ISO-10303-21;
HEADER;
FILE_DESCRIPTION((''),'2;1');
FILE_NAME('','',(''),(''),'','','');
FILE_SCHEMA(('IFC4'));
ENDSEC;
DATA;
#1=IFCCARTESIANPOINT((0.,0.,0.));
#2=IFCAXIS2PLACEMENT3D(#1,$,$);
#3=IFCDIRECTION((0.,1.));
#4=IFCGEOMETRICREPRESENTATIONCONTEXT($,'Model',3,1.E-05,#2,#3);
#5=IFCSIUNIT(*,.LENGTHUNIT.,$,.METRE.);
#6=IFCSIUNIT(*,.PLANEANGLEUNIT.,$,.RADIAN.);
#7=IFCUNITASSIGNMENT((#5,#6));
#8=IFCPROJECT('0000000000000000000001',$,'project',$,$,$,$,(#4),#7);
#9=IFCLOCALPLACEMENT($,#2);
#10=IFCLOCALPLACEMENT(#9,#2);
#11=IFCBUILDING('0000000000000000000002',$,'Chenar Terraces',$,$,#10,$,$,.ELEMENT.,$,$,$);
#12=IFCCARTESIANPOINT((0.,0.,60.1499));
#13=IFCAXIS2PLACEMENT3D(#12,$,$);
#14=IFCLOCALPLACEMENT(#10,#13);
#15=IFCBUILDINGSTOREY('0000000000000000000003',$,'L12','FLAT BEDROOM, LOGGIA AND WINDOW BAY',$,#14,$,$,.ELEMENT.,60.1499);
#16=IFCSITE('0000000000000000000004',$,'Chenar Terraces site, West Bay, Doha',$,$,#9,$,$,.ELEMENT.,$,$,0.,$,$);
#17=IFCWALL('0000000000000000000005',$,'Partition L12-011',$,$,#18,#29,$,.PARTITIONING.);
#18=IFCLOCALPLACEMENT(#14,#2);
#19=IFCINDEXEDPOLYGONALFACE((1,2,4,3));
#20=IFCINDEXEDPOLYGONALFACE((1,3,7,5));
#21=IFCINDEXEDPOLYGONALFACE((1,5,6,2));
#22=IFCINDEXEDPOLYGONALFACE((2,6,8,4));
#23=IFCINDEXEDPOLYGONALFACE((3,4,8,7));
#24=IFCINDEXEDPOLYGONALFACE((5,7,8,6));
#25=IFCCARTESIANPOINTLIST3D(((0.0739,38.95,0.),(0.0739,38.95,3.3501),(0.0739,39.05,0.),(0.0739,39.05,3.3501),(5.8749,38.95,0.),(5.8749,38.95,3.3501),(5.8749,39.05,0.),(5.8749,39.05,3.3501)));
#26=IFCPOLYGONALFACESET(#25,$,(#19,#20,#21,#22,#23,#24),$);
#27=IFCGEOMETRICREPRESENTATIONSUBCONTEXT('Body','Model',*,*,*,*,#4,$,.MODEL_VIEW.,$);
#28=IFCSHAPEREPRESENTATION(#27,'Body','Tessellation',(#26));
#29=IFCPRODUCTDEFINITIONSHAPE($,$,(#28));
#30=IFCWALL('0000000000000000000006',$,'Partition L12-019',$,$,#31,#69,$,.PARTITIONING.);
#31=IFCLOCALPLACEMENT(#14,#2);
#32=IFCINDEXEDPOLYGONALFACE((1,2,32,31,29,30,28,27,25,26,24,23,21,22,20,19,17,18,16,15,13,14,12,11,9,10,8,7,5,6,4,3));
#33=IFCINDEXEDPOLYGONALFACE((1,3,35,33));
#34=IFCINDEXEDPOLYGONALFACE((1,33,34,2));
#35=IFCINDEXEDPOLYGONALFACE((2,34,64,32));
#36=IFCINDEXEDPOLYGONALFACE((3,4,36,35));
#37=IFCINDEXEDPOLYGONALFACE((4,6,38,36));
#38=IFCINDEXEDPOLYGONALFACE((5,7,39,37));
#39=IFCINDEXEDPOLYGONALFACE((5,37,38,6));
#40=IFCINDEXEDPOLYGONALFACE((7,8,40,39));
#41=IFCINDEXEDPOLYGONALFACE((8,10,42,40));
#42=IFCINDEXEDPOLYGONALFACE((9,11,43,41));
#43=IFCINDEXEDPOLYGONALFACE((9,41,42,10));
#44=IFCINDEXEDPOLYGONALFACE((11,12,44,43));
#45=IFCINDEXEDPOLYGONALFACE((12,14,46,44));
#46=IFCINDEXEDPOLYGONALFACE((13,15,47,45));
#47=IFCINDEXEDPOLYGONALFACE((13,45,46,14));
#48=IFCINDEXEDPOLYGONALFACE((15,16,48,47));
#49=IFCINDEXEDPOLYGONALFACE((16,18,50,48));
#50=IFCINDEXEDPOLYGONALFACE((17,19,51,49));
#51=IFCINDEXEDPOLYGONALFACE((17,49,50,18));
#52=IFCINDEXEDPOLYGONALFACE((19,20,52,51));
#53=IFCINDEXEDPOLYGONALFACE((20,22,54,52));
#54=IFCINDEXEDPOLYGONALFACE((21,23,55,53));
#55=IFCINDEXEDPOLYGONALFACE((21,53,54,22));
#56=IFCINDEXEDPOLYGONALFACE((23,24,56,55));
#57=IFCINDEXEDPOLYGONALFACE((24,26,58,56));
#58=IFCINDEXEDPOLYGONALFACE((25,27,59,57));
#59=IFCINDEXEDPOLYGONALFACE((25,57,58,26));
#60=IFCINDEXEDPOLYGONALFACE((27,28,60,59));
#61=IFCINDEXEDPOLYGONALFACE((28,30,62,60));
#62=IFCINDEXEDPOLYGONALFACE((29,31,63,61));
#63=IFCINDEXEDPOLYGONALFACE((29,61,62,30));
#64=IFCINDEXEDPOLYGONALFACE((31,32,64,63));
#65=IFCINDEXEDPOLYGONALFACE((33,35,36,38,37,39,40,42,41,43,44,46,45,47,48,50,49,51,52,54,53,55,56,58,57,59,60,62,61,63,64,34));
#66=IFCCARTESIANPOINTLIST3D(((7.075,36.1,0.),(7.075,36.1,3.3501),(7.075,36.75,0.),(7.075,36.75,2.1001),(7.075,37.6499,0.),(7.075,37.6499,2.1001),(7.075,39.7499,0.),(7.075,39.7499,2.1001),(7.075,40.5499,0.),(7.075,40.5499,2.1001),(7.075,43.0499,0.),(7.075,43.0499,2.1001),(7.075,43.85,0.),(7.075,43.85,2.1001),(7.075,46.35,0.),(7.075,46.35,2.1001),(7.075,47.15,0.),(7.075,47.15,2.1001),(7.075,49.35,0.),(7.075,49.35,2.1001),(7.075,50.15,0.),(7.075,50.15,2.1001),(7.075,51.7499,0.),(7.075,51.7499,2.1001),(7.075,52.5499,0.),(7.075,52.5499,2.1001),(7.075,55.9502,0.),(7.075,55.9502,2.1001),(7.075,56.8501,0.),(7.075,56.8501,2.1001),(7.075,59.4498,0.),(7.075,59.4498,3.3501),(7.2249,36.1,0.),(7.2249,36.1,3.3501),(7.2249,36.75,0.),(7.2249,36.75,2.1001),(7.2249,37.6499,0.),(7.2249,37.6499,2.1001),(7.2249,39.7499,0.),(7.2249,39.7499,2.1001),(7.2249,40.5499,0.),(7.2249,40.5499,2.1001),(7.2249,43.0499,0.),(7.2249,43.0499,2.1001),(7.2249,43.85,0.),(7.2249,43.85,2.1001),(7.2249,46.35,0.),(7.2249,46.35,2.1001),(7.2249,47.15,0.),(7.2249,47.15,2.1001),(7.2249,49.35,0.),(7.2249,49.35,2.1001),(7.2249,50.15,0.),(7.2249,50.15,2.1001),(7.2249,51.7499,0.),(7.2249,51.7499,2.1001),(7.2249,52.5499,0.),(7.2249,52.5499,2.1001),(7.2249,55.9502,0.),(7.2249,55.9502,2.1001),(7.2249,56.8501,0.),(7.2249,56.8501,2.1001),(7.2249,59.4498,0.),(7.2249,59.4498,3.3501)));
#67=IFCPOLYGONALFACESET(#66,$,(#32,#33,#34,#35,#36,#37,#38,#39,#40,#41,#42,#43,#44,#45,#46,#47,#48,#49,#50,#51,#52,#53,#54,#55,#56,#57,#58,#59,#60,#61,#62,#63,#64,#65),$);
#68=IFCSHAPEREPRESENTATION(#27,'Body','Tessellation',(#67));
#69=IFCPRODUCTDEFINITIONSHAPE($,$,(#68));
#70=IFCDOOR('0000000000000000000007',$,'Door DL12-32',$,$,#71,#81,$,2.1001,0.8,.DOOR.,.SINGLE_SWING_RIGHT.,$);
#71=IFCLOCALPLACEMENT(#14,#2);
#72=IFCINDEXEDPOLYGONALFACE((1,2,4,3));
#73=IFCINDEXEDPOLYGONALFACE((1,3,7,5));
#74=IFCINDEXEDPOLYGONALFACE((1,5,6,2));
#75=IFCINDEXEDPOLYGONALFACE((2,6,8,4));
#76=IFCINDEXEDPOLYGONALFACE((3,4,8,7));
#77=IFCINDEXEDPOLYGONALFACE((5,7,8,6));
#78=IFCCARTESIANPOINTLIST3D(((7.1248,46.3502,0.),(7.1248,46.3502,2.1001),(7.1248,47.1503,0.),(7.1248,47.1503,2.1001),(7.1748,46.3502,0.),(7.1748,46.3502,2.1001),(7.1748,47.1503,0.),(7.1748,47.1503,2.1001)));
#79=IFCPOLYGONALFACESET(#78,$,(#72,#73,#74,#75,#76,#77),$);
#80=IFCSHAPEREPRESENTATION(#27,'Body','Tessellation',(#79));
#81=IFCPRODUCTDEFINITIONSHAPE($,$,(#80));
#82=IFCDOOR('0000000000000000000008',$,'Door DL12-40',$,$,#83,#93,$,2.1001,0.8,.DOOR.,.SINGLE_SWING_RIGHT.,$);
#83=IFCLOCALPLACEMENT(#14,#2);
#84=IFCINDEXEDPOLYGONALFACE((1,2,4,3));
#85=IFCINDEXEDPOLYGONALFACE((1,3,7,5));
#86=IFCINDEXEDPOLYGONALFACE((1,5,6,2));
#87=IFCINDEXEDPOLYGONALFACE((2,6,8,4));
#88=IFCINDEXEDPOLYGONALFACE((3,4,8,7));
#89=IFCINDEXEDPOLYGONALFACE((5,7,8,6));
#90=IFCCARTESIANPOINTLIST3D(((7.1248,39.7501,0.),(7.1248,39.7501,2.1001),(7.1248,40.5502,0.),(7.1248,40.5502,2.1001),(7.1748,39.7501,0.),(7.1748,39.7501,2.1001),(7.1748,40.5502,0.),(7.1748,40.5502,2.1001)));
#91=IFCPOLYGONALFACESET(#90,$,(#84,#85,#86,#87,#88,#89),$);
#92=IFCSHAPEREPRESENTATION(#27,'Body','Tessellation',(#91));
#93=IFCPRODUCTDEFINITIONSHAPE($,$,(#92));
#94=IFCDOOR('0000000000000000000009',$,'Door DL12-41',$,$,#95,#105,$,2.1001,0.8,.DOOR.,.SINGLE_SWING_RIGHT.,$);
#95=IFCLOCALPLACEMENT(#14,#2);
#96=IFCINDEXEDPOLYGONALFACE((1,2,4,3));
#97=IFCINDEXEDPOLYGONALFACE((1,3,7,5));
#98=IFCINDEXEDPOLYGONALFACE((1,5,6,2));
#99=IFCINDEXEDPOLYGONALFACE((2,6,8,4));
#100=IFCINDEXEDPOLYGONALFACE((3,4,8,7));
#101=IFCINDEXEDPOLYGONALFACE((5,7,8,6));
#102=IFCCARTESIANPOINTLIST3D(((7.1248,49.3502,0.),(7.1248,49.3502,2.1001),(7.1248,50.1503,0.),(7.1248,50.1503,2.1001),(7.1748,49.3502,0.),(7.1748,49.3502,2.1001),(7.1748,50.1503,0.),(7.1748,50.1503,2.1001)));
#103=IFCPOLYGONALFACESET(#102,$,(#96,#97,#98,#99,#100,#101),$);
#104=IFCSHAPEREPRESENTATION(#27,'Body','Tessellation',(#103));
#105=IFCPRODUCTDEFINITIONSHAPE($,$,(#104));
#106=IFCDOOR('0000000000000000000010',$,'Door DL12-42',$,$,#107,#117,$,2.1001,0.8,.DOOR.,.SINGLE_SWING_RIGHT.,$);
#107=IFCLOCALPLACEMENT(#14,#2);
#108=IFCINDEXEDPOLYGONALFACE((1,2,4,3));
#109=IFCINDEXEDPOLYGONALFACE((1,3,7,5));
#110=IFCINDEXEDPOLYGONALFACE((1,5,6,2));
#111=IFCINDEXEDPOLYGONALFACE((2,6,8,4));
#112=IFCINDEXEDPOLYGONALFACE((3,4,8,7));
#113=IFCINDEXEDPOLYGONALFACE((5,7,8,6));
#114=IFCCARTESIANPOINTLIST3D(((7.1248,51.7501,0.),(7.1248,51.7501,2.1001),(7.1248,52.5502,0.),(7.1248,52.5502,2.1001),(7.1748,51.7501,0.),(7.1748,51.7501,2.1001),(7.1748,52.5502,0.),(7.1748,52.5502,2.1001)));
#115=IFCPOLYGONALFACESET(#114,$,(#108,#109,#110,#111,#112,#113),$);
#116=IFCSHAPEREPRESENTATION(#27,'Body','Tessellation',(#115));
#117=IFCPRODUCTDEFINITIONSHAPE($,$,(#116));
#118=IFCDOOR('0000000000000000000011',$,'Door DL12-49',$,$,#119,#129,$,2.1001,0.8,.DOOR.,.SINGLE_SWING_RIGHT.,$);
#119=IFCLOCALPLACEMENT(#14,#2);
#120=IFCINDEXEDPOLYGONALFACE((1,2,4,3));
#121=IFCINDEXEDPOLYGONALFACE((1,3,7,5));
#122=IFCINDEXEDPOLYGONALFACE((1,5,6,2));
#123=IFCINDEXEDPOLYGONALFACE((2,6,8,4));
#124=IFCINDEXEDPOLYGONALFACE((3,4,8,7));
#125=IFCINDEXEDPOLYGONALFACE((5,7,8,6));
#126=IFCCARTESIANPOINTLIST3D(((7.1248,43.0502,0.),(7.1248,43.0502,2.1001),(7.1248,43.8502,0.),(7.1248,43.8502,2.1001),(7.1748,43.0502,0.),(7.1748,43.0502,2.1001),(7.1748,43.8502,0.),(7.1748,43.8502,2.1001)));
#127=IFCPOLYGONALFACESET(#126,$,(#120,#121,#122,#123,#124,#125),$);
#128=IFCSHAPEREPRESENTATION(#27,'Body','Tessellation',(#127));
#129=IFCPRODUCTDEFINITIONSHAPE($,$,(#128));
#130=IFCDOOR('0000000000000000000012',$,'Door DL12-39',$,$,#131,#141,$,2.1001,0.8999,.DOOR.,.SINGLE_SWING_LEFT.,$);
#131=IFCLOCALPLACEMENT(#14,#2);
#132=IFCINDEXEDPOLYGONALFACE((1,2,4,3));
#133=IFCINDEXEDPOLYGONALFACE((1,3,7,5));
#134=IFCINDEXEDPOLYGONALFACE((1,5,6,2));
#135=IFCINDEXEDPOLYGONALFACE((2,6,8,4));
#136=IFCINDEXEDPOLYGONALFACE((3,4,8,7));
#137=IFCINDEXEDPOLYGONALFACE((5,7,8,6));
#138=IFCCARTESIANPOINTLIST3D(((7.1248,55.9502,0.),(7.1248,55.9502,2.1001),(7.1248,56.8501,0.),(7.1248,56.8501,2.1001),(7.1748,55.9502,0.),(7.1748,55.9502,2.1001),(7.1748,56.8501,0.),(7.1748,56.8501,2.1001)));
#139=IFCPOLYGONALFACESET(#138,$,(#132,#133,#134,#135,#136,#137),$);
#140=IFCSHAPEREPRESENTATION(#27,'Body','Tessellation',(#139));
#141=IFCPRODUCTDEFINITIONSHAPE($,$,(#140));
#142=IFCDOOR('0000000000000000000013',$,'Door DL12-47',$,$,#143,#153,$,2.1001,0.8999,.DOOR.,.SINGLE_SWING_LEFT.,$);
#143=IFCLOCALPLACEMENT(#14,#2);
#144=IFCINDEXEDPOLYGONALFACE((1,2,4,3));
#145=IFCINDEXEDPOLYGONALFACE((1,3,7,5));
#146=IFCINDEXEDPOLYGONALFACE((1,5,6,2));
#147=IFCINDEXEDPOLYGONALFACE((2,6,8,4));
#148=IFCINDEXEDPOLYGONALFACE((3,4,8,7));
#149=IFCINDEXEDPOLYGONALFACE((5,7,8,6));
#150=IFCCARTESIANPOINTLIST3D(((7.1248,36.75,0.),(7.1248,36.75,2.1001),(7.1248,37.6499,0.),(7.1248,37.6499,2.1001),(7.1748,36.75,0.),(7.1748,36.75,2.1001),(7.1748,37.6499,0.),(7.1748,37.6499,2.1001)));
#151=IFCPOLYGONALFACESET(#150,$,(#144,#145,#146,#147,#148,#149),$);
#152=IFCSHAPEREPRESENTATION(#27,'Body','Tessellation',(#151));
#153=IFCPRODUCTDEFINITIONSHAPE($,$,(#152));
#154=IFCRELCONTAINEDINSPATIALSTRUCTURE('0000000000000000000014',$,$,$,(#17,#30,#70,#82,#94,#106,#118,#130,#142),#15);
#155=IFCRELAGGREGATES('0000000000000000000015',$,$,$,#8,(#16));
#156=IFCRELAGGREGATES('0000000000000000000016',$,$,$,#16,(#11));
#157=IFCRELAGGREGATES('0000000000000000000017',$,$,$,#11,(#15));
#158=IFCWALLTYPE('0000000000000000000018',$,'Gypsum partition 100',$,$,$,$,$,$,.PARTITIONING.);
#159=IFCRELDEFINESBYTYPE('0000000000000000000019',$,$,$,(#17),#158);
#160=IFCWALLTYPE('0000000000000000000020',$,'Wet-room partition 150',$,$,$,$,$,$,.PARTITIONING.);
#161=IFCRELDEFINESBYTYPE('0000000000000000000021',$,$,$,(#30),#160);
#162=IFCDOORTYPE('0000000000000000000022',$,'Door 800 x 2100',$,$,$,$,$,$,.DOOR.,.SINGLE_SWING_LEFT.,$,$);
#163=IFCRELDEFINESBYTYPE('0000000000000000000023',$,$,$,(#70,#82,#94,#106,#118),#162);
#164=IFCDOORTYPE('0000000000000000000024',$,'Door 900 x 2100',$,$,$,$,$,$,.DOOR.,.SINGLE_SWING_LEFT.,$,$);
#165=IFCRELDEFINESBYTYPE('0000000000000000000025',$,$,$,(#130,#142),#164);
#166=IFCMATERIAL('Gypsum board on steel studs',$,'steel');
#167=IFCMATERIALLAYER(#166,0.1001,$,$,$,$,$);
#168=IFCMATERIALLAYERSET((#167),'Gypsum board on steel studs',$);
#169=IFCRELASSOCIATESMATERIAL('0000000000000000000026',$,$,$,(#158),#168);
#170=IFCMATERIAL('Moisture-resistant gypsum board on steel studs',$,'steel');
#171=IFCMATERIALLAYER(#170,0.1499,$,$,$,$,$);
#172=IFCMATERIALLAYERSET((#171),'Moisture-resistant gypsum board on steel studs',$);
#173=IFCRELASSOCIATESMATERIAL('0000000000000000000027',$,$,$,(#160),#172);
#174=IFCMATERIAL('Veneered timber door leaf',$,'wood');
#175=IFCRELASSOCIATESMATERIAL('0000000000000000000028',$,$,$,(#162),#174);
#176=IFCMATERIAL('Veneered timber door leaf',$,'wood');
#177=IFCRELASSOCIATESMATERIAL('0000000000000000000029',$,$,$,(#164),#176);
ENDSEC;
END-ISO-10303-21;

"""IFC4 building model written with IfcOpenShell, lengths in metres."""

from ifc_helpers import new_model, si_unit, direction, frame, frame_2d, origin, place, context, subcontext, project, spatial, rectangle, extrude, material, layer, layer_set, type_object, element, fill, save


model = new_model("IFC4")

# Units and contexts
model_context = context("Model", 3, precision=1e-05, world=origin(), true_north=direction((0.0, 1.0)))
body_context = subcontext(model_context, "Body", "Model", "MODEL_VIEW")
ifc_project = project(units=[si_unit("LENGTHUNIT", "METRE"), si_unit("PLANEANGLEUNIT", "RADIAN")], contexts=[model_context])

# Site, building, storey
site_placement = place(None, origin())
site = spatial("IfcSite", under=ifc_project, at=site_placement, Name="Chenar Terraces site, West Bay, Doha", CompositionType="ELEMENT", RefElevation=0.0)
building_placement = place(site_placement, origin())
building = spatial("IfcBuilding", under=site, at=building_placement, Name="Chenar Terraces", CompositionType="ELEMENT")
storey_placement = place(building_placement, frame((0.0, 0.0, 60.1499)))
storey = spatial("IfcBuildingStorey", under=building, at=storey_placement, Name="L12", Description="FLAT BEDROOM, LOGGIA AND WINDOW BAY", CompositionType="ELEMENT", Elevation=60.1499)

# Wall
ifc_material_1 = material(Name="Gypsum board on steel studs", Category="steel")
ifc_layer_1 = layer(ifc_material_1, 0.1001)
ifc_layer_set_1 = layer_set([ifc_layer_1], Name="Gypsum board on steel studs")
wall_type_1 = type_object("IfcWallType", Name="Gypsum partition 100", PredefinedType="PARTITIONING", material=ifc_layer_set_1)
wall_1_placement = place(storey_placement, frame((0.074, 39.0, 0.0), z_axis=(0.0, 0.0, 1.0), x_axis=(1.0, 0.0, 0.0)))
element("IfcWall", 1, at=wall_1_placement, inside=storey, type_object=wall_type_1, Name="Partition L12-011", PredefinedType="PARTITIONING", context=body_context, shape_type="SweptSolid", body=[
    extrude(rectangle(XDim=5.801, YDim=0.1001, at=frame_2d((2.9004, 0.0))), origin(), (0.0, 0.0, 1.0), 3.3501),
])

# Wall, openings, doors
ifc_material_2 = material(Name="Moisture-resistant gypsum board on steel studs", Category="steel")
ifc_layer_2 = layer(ifc_material_2, 0.1499)
ifc_layer_set_2 = layer_set([ifc_layer_2], Name="Moisture-resistant gypsum board on steel studs")
wall_type_2 = type_object("IfcWallType", Name="Wet-room partition 150", PredefinedType="PARTITIONING", material=ifc_layer_set_2)
ifc_material_3 = material(Name="Veneered timber door leaf", Category="wood")
door_type_1 = type_object("IfcDoorType", Name="Door 800 x 2100", OperationType="SINGLE_SWING_LEFT", PredefinedType="DOOR", material=ifc_material_3)
ifc_material_4 = material(Name="Veneered timber door leaf", Category="wood")
door_type_2 = type_object("IfcDoorType", Name="Door 900 x 2100", OperationType="SINGLE_SWING_LEFT", PredefinedType="DOOR", material=ifc_material_4)
wall_2_placement = place(storey_placement, frame((7.1499, 36.1001, 0.0), z_axis=(0.0, 0.0, 1.0), x_axis=(0.0, 1.0, 0.0)))
wall_2 = element("IfcWall", 2, at=wall_2_placement, inside=storey, type_object=wall_type_2, Name="Partition L12-019", PredefinedType="PARTITIONING", context=body_context, shape_type="SweptSolid", body=[
    extrude(rectangle(XDim=23.3499, YDim=0.1499, at=frame_2d((11.6748, 0.0))), origin(), (0.0, 0.0, 1.0), 3.3501),
])
opening_1_placement = place(wall_2_placement, frame((10.25, 0.0, 0.0)))
opening_1 = element("IfcOpeningElement", 3, at=opening_1_placement, cuts=wall_2, PredefinedType="OPENING", context=body_context, shape_type="SweptSolid", body=[
    extrude(rectangle(XDim=0.8, YDim=2.1001, at=frame_2d((0.3999, 1.05))), frame((0.0, 0.085, 0.0), z_axis=(0.0, -1.0, 0.0), x_axis=(1.0, 0.0, 0.0)), (0.0, 0.0, 1.0), 0.1699),
])
opening_2_placement = place(wall_2_placement, frame((19.8501, 0.0, 0.0)))
opening_2 = element("IfcOpeningElement", 4, at=opening_2_placement, cuts=wall_2, PredefinedType="OPENING", context=body_context, shape_type="SweptSolid", body=[
    extrude(rectangle(XDim=0.8999, YDim=2.1001, at=frame_2d((0.45, 1.05))), frame((0.0, 0.085, 0.0), z_axis=(0.0, -1.0, 0.0), x_axis=(1.0, 0.0, 0.0)), (0.0, 0.0, 1.0), 0.1699),
])
opening_3_placement = place(wall_2_placement, frame((3.6499, 0.0, 0.0)))
opening_3 = element("IfcOpeningElement", 5, at=opening_3_placement, cuts=wall_2, PredefinedType="OPENING", context=body_context, shape_type="SweptSolid", body=[
    extrude(rectangle(XDim=0.8, YDim=2.1001, at=frame_2d((0.3999, 1.05))), frame((0.0, 0.085, 0.0), z_axis=(0.0, -1.0, 0.0), x_axis=(1.0, 0.0, 0.0)), (0.0, 0.0, 1.0), 0.1699),
])
opening_4_placement = place(wall_2_placement, frame((13.25, 0.0, 0.0)))
opening_4 = element("IfcOpeningElement", 6, at=opening_4_placement, cuts=wall_2, PredefinedType="OPENING", context=body_context, shape_type="SweptSolid", body=[
    extrude(rectangle(XDim=0.8, YDim=2.1001, at=frame_2d((0.3999, 1.05))), frame((0.0, 0.085, 0.0), z_axis=(0.0, -1.0, 0.0), x_axis=(1.0, 0.0, 0.0)), (0.0, 0.0, 1.0), 0.1699),
])
opening_5_placement = place(wall_2_placement, frame((15.6499, 0.0, 0.0)))
opening_5 = element("IfcOpeningElement", 7, at=opening_5_placement, cuts=wall_2, PredefinedType="OPENING", context=body_context, shape_type="SweptSolid", body=[
    extrude(rectangle(XDim=0.8, YDim=2.1001, at=frame_2d((0.3999, 1.05))), frame((0.0, 0.085, 0.0), z_axis=(0.0, -1.0, 0.0), x_axis=(1.0, 0.0, 0.0)), (0.0, 0.0, 1.0), 0.1699),
])
opening_6_placement = place(wall_2_placement, frame((0.6499, 0.0, 0.0)))
opening_6 = element("IfcOpeningElement", 8, at=opening_6_placement, cuts=wall_2, PredefinedType="OPENING", context=body_context, shape_type="SweptSolid", body=[
    extrude(rectangle(XDim=0.8999, YDim=2.1001, at=frame_2d((0.45, 1.05))), frame((0.0, 0.085, 0.0), z_axis=(0.0, -1.0, 0.0), x_axis=(1.0, 0.0, 0.0)), (0.0, 0.0, 1.0), 0.1699),
])
opening_7_placement = place(wall_2_placement, frame((6.95, 0.0, 0.0)))
opening_7 = element("IfcOpeningElement", 9, at=opening_7_placement, cuts=wall_2, PredefinedType="OPENING", context=body_context, shape_type="SweptSolid", body=[
    extrude(rectangle(XDim=0.8, YDim=2.1001, at=frame_2d((0.3999, 1.05))), frame((0.0, 0.085, 0.0), z_axis=(0.0, -1.0, 0.0), x_axis=(1.0, 0.0, 0.0)), (0.0, 0.0, 1.0), 0.1699),
])
door_1_placement = place(opening_1_placement, frame((0.8, 0.0, 0.0), z_axis=(0.0, 0.0, 1.0), x_axis=(-1.0, 0.0, 0.0)))
door_1 = element("IfcDoor", 10, at=door_1_placement, inside=storey, type_object=door_type_1, Name="Door DL12-32", OperationType="SINGLE_SWING_RIGHT", OverallHeight=2.1001, OverallWidth=0.8, PredefinedType="DOOR", context=body_context, shape_type="SweptSolid", body=[
    extrude(rectangle(XDim=0.8, YDim=2.1001, at=frame_2d((0.3999, 1.05))), frame((0.0, 0.0249, 0.0), z_axis=(0.0, -1.0, 0.0), x_axis=(1.0, 0.0, 0.0)), (0.0, 0.0, 1.0), 0.05),
])
fill(opening_1, door_1)
door_2_placement = place(opening_3_placement, frame((0.8, 0.0, 0.0), z_axis=(0.0, 0.0, 1.0), x_axis=(-1.0, 0.0, 0.0)))
door_2 = element("IfcDoor", 11, at=door_2_placement, inside=storey, type_object=door_type_1, Name="Door DL12-40", OperationType="SINGLE_SWING_RIGHT", OverallHeight=2.1001, OverallWidth=0.8, PredefinedType="DOOR", context=body_context, shape_type="SweptSolid", body=[
    extrude(rectangle(XDim=0.8, YDim=2.1001, at=frame_2d((0.3999, 1.05))), frame((0.0, 0.0249, 0.0), z_axis=(0.0, -1.0, 0.0), x_axis=(1.0, 0.0, 0.0)), (0.0, 0.0, 1.0), 0.05),
])
fill(opening_3, door_2)
door_3_placement = place(opening_4_placement, frame((0.8, 0.0, 0.0), z_axis=(0.0, 0.0, 1.0), x_axis=(-1.0, 0.0, 0.0)))
door_3 = element("IfcDoor", 12, at=door_3_placement, inside=storey, type_object=door_type_1, Name="Door DL12-41", OperationType="SINGLE_SWING_RIGHT", OverallHeight=2.1001, OverallWidth=0.8, PredefinedType="DOOR", context=body_context, shape_type="SweptSolid", body=[
    extrude(rectangle(XDim=0.8, YDim=2.1001, at=frame_2d((0.3999, 1.05))), frame((0.0, 0.0249, 0.0), z_axis=(0.0, -1.0, 0.0), x_axis=(1.0, 0.0, 0.0)), (0.0, 0.0, 1.0), 0.05),
])
fill(opening_4, door_3)
door_4_placement = place(opening_5_placement, frame((0.8, 0.0, 0.0), z_axis=(0.0, 0.0, 1.0), x_axis=(-1.0, 0.0, 0.0)))
door_4 = element("IfcDoor", 13, at=door_4_placement, inside=storey, type_object=door_type_1, Name="Door DL12-42", OperationType="SINGLE_SWING_RIGHT", OverallHeight=2.1001, OverallWidth=0.8, PredefinedType="DOOR", context=body_context, shape_type="SweptSolid", body=[
    extrude(rectangle(XDim=0.8, YDim=2.1001, at=frame_2d((0.3999, 1.05))), frame((0.0, 0.0249, 0.0), z_axis=(0.0, -1.0, 0.0), x_axis=(1.0, 0.0, 0.0)), (0.0, 0.0, 1.0), 0.05),
])
fill(opening_5, door_4)
door_5_placement = place(opening_7_placement, frame((0.8, 0.0, 0.0), z_axis=(0.0, 0.0, 1.0), x_axis=(-1.0, 0.0, 0.0)))
door_5 = element("IfcDoor", 14, at=door_5_placement, inside=storey, type_object=door_type_1, Name="Door DL12-49", OperationType="SINGLE_SWING_RIGHT", OverallHeight=2.1001, OverallWidth=0.8, PredefinedType="DOOR", context=body_context, shape_type="SweptSolid", body=[
    extrude(rectangle(XDim=0.8, YDim=2.1001, at=frame_2d((0.3999, 1.05))), frame((0.0, 0.0249, 0.0), z_axis=(0.0, -1.0, 0.0), x_axis=(1.0, 0.0, 0.0)), (0.0, 0.0, 1.0), 0.05),
])
fill(opening_7, door_5)
door_6_placement = place(opening_2_placement, frame((0.8999, 0.0, 0.0), z_axis=(0.0, 0.0, 1.0), x_axis=(-1.0, 0.0, 0.0)))
door_6 = element("IfcDoor", 15, at=door_6_placement, inside=storey, type_object=door_type_2, Name="Door DL12-39", OperationType="SINGLE_SWING_LEFT", OverallHeight=2.1001, OverallWidth=0.8999, PredefinedType="DOOR", context=body_context, shape_type="SweptSolid", body=[
    extrude(rectangle(XDim=0.8999, YDim=2.1001, at=frame_2d((0.45, 1.05))), frame((0.0, 0.0249, 0.0), z_axis=(0.0, -1.0, 0.0), x_axis=(1.0, 0.0, 0.0)), (0.0, 0.0, 1.0), 0.05),
])
fill(opening_2, door_6)
door_7_placement = place(opening_6_placement, frame((0.8999, 0.0, 0.0), z_axis=(0.0, 0.0, 1.0), x_axis=(-1.0, 0.0, 0.0)))
door_7 = element("IfcDoor", 16, at=door_7_placement, inside=storey, type_object=door_type_2, Name="Door DL12-47", OperationType="SINGLE_SWING_LEFT", OverallHeight=2.1001, OverallWidth=0.8999, PredefinedType="DOOR", context=body_context, shape_type="SweptSolid", body=[
    extrude(rectangle(XDim=0.8999, YDim=2.1001, at=frame_2d((0.45, 1.05))), frame((0.0, 0.0249, 0.0), z_axis=(0.0, -1.0, 0.0), x_axis=(1.0, 0.0, 0.0)), (0.0, 0.0, 1.0), 0.05),
])
fill(opening_6, door_7)

save(model, "model.ifc")
